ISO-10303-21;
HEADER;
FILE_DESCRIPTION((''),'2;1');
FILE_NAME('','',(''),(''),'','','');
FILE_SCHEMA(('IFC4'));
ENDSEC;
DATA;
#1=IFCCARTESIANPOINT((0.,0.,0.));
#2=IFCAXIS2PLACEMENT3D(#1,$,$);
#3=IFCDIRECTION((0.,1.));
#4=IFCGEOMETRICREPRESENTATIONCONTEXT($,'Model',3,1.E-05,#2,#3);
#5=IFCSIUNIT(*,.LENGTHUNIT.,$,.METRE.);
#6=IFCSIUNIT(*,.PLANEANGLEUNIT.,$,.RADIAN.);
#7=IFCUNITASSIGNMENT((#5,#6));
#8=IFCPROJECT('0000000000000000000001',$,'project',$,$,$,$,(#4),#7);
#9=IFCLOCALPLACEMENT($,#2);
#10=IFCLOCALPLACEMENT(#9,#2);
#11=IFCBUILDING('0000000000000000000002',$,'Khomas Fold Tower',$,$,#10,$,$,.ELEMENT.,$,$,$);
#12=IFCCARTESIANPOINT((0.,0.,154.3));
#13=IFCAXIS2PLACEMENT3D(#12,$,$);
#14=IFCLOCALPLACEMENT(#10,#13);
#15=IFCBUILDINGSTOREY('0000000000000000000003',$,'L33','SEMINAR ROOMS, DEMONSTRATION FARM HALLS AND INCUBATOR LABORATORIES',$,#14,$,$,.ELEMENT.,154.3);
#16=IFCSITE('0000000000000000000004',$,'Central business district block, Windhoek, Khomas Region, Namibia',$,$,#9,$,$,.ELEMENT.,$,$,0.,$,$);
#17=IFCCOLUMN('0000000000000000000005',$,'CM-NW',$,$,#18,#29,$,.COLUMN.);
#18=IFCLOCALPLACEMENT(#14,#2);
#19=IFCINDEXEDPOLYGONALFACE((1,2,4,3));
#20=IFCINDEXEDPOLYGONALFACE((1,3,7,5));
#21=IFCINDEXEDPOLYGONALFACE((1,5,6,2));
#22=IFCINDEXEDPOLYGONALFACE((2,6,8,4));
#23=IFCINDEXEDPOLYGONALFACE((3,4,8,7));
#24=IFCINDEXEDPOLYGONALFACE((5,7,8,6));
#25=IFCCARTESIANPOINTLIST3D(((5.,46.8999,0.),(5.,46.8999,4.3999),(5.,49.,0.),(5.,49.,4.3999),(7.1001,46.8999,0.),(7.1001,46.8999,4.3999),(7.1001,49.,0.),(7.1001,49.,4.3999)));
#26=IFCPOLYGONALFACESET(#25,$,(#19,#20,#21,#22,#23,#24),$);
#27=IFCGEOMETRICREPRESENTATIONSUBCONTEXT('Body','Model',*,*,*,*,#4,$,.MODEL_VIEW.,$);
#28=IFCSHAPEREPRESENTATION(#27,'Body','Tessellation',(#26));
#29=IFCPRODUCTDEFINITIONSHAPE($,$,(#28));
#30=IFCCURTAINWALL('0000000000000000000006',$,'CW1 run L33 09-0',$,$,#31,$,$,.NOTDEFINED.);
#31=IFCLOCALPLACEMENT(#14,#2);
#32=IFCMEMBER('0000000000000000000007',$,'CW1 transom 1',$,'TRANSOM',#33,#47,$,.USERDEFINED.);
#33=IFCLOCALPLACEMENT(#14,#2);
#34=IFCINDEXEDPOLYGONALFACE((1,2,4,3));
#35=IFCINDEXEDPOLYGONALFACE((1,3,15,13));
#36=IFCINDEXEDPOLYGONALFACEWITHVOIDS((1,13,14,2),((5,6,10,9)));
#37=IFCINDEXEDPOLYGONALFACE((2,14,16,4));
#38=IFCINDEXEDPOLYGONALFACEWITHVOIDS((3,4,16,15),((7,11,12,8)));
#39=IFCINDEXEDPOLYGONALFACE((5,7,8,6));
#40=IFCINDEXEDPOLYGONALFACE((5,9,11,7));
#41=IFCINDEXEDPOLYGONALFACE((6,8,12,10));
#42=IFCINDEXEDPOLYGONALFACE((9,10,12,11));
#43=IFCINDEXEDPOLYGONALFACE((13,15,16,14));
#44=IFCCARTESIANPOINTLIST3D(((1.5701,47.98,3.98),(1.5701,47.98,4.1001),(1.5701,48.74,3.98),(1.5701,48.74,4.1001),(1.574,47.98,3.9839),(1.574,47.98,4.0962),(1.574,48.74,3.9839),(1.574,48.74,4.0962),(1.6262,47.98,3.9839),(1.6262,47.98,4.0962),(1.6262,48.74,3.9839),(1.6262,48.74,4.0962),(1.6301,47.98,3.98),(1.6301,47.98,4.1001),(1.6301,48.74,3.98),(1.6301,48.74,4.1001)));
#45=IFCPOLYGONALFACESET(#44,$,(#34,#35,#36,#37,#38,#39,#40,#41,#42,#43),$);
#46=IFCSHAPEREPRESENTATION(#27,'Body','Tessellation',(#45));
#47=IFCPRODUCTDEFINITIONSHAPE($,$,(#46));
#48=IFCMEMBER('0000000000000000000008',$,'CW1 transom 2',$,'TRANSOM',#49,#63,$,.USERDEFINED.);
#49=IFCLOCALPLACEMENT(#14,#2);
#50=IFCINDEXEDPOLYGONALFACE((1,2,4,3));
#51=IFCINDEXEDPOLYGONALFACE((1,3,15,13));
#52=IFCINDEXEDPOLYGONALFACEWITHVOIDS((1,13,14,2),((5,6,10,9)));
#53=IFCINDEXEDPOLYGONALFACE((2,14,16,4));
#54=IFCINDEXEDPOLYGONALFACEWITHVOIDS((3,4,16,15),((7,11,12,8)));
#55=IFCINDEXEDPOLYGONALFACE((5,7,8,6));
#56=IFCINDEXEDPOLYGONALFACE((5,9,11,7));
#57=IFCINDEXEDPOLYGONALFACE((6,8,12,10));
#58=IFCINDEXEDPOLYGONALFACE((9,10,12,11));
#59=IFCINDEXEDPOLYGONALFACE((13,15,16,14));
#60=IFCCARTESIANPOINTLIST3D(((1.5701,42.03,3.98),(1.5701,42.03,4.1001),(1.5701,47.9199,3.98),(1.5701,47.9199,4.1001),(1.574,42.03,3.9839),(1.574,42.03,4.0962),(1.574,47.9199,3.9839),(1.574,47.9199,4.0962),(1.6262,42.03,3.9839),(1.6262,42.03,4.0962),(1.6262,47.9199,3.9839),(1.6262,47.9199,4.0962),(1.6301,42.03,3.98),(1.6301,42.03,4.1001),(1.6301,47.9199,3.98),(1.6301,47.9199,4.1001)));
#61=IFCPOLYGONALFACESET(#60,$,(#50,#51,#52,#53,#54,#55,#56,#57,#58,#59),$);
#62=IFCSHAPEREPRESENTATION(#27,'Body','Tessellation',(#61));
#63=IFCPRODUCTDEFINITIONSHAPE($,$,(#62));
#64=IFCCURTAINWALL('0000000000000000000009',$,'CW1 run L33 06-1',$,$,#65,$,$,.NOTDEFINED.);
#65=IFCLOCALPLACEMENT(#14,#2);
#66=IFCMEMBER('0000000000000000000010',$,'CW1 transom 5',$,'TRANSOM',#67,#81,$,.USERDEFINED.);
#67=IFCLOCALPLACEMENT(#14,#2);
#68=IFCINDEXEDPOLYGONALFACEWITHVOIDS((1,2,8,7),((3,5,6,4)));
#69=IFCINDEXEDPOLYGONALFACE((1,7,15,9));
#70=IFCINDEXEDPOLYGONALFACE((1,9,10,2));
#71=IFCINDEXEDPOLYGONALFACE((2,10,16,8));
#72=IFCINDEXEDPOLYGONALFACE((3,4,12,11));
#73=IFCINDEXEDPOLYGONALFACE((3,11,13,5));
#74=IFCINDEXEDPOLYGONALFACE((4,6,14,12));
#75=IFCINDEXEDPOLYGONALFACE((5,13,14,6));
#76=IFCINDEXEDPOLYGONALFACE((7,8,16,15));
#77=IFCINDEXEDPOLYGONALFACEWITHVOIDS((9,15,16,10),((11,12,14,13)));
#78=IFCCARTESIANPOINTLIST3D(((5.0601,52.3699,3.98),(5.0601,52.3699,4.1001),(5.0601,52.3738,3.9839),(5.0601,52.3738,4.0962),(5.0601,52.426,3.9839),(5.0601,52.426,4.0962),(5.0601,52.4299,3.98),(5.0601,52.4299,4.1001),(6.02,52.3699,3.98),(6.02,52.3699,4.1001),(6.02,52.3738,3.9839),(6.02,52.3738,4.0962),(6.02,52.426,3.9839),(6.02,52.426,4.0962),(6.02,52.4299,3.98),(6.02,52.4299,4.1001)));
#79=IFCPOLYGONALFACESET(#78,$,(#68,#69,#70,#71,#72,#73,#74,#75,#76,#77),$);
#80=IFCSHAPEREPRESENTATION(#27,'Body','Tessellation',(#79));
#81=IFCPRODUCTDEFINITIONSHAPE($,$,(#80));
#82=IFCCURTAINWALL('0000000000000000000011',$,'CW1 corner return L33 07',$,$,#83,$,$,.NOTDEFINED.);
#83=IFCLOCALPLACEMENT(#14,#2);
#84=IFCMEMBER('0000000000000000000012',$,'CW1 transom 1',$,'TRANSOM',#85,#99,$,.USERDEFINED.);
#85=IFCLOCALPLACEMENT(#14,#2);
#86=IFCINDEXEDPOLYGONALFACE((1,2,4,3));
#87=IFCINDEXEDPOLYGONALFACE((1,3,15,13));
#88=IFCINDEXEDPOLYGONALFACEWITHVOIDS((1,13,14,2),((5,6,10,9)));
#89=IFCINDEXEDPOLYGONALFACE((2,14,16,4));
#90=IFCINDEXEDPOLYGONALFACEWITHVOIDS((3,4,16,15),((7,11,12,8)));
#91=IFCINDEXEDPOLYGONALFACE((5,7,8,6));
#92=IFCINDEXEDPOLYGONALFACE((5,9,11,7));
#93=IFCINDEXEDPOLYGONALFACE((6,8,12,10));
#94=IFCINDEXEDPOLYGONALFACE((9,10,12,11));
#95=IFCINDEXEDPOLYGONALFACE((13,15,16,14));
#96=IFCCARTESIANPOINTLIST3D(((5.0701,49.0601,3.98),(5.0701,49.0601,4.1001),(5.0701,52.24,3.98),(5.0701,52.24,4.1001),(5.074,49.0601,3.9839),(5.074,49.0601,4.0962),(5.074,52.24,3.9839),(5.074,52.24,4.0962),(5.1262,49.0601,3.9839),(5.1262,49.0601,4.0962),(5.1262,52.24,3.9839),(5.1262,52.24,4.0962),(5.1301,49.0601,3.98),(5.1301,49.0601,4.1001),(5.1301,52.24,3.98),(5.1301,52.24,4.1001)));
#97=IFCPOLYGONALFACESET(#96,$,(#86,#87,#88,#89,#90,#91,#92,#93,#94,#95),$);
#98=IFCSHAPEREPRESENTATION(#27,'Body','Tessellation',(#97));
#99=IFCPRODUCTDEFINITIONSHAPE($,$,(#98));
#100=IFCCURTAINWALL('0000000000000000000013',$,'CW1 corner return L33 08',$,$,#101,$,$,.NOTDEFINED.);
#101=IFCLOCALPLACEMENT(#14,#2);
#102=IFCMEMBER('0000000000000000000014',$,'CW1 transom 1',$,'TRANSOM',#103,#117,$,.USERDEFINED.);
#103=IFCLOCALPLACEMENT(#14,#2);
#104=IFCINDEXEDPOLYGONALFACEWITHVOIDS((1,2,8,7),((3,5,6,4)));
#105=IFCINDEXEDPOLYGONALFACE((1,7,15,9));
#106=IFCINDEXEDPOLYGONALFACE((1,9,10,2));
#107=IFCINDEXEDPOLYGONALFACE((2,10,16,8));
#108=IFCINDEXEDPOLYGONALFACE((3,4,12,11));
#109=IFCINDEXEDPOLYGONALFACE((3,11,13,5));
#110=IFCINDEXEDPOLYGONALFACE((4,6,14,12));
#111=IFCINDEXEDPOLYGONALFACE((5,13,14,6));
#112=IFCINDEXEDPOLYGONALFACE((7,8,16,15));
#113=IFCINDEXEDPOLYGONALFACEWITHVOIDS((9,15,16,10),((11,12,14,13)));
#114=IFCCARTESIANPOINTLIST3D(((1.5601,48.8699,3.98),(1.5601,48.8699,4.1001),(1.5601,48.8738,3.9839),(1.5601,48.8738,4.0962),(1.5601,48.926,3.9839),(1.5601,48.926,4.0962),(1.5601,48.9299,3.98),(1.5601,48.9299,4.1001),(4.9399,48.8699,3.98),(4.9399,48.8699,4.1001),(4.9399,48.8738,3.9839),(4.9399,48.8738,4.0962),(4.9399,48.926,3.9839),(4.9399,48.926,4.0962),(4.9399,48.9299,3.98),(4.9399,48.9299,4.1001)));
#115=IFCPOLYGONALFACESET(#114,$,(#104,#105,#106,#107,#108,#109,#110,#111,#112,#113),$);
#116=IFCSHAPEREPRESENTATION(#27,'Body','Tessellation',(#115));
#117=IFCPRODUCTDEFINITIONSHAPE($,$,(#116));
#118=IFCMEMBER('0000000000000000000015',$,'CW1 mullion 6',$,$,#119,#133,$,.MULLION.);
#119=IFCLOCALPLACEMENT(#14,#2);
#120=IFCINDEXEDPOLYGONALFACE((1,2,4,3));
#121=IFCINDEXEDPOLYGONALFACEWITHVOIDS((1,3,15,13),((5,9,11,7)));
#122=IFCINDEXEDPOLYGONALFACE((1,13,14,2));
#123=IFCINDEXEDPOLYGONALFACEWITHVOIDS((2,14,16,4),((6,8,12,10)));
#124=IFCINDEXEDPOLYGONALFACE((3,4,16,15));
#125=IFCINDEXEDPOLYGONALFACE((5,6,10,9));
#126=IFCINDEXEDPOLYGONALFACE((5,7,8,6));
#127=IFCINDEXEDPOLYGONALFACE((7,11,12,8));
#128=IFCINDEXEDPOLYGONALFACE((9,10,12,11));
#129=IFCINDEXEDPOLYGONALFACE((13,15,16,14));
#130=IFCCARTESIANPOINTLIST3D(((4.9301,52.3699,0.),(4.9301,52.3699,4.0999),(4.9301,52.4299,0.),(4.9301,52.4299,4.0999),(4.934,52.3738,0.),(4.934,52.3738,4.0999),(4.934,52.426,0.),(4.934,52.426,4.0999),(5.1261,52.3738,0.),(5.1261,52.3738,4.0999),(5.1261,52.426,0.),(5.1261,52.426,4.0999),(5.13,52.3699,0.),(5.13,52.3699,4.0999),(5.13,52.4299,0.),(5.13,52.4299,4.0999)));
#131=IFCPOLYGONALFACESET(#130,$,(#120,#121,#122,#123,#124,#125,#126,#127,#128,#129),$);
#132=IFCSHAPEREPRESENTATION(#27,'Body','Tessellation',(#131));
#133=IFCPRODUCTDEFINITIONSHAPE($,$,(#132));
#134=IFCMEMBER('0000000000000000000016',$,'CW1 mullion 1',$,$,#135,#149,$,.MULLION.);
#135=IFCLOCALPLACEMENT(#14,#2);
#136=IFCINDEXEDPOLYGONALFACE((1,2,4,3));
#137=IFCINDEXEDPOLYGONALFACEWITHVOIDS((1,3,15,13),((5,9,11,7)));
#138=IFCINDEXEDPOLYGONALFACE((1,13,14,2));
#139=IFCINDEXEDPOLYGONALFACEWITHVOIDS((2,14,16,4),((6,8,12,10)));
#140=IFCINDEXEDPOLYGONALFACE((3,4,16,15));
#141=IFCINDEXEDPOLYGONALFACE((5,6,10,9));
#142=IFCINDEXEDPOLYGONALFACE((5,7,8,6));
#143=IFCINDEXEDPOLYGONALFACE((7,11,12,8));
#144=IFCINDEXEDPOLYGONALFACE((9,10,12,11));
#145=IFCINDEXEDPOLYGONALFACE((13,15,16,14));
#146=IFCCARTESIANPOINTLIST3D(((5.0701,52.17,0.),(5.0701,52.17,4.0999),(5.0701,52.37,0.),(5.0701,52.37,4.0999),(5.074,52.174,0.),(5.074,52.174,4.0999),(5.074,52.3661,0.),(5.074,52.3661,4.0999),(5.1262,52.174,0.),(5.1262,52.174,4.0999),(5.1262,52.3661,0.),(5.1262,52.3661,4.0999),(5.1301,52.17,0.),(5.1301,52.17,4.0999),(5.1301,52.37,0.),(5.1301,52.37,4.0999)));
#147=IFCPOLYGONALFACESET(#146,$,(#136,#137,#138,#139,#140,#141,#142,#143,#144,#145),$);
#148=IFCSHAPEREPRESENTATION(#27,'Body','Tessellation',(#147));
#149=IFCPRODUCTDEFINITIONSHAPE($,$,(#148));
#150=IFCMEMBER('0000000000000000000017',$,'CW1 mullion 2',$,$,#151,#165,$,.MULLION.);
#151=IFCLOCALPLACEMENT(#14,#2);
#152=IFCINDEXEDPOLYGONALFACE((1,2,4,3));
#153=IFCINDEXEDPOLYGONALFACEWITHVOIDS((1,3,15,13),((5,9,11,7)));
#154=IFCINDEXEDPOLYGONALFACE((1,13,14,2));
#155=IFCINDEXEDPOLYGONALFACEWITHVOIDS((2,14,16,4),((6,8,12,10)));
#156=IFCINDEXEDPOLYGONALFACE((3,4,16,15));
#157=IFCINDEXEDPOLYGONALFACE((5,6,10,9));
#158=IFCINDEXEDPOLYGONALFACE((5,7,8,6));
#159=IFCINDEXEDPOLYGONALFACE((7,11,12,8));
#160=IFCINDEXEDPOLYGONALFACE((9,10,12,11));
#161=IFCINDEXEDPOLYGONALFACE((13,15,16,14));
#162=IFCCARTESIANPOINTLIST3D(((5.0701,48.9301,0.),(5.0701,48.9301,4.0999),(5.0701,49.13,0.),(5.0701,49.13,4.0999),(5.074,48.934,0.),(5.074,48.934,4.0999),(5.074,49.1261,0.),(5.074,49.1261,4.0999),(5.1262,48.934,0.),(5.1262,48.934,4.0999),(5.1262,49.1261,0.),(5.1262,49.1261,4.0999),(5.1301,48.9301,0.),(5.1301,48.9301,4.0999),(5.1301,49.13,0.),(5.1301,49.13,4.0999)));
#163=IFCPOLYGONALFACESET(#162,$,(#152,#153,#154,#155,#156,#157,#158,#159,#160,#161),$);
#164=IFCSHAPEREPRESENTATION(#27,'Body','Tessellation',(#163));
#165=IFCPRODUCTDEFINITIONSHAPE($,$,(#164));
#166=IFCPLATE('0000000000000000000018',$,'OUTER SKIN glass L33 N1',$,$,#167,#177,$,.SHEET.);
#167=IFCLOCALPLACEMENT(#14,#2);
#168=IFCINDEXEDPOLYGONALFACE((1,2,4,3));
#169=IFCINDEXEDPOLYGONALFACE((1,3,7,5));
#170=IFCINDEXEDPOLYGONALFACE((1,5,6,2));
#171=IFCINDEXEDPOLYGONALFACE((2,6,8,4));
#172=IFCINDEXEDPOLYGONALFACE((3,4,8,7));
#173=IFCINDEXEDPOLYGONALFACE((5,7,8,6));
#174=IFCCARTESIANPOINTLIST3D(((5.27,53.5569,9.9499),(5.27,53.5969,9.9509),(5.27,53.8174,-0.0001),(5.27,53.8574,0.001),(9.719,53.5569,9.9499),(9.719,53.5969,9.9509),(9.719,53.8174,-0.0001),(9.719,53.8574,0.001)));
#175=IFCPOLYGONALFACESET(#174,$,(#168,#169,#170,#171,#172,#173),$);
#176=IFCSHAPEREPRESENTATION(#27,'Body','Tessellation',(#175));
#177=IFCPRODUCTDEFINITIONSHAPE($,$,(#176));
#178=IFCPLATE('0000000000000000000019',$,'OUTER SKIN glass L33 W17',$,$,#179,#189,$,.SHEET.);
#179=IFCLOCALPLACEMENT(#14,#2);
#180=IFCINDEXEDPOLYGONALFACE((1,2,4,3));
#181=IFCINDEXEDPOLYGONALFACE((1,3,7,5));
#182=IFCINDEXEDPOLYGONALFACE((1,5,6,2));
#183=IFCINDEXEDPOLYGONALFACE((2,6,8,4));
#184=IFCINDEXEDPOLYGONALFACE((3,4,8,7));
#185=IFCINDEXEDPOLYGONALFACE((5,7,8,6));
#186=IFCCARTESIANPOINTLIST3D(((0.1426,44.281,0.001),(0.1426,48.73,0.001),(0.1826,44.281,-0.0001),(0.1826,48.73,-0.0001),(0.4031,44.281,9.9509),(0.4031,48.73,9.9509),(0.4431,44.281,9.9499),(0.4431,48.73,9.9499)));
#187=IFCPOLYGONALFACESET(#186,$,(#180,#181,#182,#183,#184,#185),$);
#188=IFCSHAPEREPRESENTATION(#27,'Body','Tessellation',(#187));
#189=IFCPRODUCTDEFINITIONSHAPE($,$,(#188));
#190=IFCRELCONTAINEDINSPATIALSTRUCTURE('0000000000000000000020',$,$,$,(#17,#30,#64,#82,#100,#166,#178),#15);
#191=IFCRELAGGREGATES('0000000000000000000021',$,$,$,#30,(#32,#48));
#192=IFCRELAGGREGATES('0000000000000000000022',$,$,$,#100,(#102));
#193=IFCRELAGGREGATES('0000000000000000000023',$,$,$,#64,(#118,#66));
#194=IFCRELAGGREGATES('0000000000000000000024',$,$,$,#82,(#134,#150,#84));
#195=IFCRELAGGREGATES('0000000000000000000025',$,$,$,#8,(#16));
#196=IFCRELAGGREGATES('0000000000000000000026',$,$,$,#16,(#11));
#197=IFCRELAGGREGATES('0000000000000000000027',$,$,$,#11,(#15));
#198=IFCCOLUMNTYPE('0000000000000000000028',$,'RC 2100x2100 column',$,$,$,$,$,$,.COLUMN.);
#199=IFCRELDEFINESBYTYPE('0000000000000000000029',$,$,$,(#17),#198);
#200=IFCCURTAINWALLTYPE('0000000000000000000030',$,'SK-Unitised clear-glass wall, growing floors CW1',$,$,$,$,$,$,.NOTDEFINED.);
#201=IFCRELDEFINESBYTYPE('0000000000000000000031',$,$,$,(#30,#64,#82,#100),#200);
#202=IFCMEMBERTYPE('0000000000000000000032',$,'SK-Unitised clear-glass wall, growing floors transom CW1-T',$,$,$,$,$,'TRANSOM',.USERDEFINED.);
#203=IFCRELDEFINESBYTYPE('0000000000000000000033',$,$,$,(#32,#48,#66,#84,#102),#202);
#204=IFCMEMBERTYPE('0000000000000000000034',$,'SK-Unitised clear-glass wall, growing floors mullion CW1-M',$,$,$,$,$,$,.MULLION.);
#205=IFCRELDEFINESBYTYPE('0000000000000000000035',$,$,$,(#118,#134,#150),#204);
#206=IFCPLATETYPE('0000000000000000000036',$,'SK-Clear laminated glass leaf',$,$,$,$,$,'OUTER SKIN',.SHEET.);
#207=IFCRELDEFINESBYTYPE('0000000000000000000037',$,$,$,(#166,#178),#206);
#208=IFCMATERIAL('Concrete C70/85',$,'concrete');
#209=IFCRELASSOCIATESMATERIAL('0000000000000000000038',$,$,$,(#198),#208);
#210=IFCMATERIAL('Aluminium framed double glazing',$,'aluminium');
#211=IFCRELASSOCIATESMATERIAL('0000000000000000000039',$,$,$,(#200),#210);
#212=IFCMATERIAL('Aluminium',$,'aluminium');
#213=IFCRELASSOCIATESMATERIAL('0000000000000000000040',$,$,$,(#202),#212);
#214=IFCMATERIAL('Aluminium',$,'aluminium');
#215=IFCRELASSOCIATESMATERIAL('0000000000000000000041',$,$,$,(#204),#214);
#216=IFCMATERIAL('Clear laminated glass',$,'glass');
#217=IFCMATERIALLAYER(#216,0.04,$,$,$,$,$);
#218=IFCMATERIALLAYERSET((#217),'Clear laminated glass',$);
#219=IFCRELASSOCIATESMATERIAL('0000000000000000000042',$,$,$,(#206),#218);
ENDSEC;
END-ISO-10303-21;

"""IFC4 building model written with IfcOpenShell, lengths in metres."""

from ifc_helpers import new_model, si_unit, direction, frame, origin, origin_2d, place, context, subcontext, project, spatial, polyline, rectangle, hollow_rectangle, outline, extrude, source, transform, mapped, material, layer, layer_set, material_profile, profile_set, type_object, element, aggregate, save


model = new_model("IFC4")

# Units and contexts
model_context = context("Model", 3, precision=1e-05, world=origin(), true_north=direction((0.0, 1.0)))
body_context = subcontext(model_context, "Body", "Model", "MODEL_VIEW")
ifc_project = project(units=[si_unit("LENGTHUNIT", "METRE"), si_unit("PLANEANGLEUNIT", "RADIAN")], contexts=[model_context])

# Site, building, storey
site_placement = place(None, origin())
site = spatial("IfcSite", under=ifc_project, at=site_placement, Name="Central business district block, Windhoek, Khomas Region, Namibia", CompositionType="ELEMENT", RefElevation=0.0)
building_placement = place(site_placement, origin())
building = spatial("IfcBuilding", under=site, at=building_placement, Name="Khomas Fold Tower", CompositionType="ELEMENT")
storey_placement = place(building_placement, frame((0.0, 0.0, 154.3)))
storey = spatial("IfcBuildingStorey", under=building, at=storey_placement, Name="L33", Description="SEMINAR ROOMS, DEMONSTRATION FARM HALLS AND INCUBATOR LABORATORIES", CompositionType="ELEMENT", Elevation=154.3)

# Column
ifc_material_1 = material(Name="Concrete C70/85", Category="concrete")
ifc_material_profile_1 = material_profile(ifc_material_1, rectangle(XDim=2.1001, YDim=2.1001, at=origin_2d()), Name="RC 2100x2100")
ifc_profile_set_1 = profile_set([ifc_material_profile_1], Name="Concrete C70/85")
column_type = type_object("IfcColumnType", Name="RC 2100x2100 column", PredefinedType="COLUMN", material=ifc_profile_set_1)
shared_shape_1 = source(origin(), body_context, "Body", "SweptSolid", [
    extrude(rectangle(XDim=2.1001, YDim=2.1001, at=origin_2d()), origin(), (0.0, 0.0, 1.0), 4.3999),
])
column_placement = place(storey_placement, frame((6.05, 47.95, 0.0), z_axis=(0.0, 0.0, 1.0), x_axis=(1.0, 0.0, 0.0)))
element("IfcColumn", 1, at=column_placement, inside=storey, type_object=column_type, Name="CM-NW", PredefinedType="COLUMN", context=body_context, shape_type="MappedRepresentation", body=[
    mapped(shared_shape_1, transform((0.0, 0.0, 0.0))),
])

# Curtain wall, members
ifc_material_2 = material(Name="Aluminium framed double glazing", Category="aluminium")
curtain_wall_type = type_object("IfcCurtainWallType", Name="SK-Unitised clear-glass wall, growing floors CW1", PredefinedType="NOTDEFINED", material=ifc_material_2)
curtain_wall_1_placement = place(storey_placement, origin())
curtain_wall_1 = element("IfcCurtainWall", 2, at=curtain_wall_1_placement, inside=storey, type_object=curtain_wall_type, Name="CW1 run L33 09-0", PredefinedType="NOTDEFINED")
ifc_material_3 = material(Name="Aluminium", Category="aluminium")
ifc_material_profile_2 = material_profile(ifc_material_3, hollow_rectangle(XDim=0.0601, YDim=0.1201, WallThickness=0.0039, at=origin_2d()), Name="SK-Unitised clear-glass wall, growing floors transom CW1-T")
ifc_profile_set_2 = profile_set([ifc_material_profile_2], Name="Aluminium")
member_type_1 = type_object("IfcMemberType", Name="SK-Unitised clear-glass wall, growing floors transom CW1-T", ElementType="TRANSOM", PredefinedType="USERDEFINED", material=ifc_profile_set_2)
shared_shape_2 = source(origin(), body_context, "Body", "SweptSolid", [
    extrude(hollow_rectangle(XDim=0.0601, YDim=0.1201, WallThickness=0.0039, at=origin_2d()), origin(), (0.0, 0.0, 1.0), 0.76),
])
member_1_placement = place(storey_placement, frame((1.6001, 48.74, 4.04), z_axis=(0.0, -1.0, 0.0), x_axis=(1.0, 0.0, 0.0)))
member_1 = element("IfcMember", 3, at=member_1_placement, type_object=member_type_1, Name="CW1 transom 1", ObjectType="TRANSOM", PredefinedType="USERDEFINED", context=body_context, shape_type="MappedRepresentation", body=[
    mapped(shared_shape_2, transform((0.0, 0.0, 0.0))),
])
shared_shape_3 = source(origin(), body_context, "Body", "SweptSolid", [
    extrude(hollow_rectangle(XDim=0.0601, YDim=0.1201, WallThickness=0.0039, at=origin_2d()), origin(), (0.0, 0.0, 1.0), 5.8899),
])
member_2_placement = place(storey_placement, frame((1.6001, 47.9199, 4.04), z_axis=(0.0, -1.0, 0.0), x_axis=(1.0, 0.0, 0.0)))
member_2 = element("IfcMember", 4, at=member_2_placement, type_object=member_type_1, Name="CW1 transom 2", ObjectType="TRANSOM", PredefinedType="USERDEFINED", context=body_context, shape_type="MappedRepresentation", body=[
    mapped(shared_shape_3, transform((0.0, 0.0, 0.0))),
])
aggregate(curtain_wall_1, [member_1, member_2])

# Curtain walls, members
curtain_wall_2_placement = place(storey_placement, origin())
curtain_wall_2 = element("IfcCurtainWall", 5, at=curtain_wall_2_placement, inside=storey, type_object=curtain_wall_type, Name="CW1 run L33 06-1", PredefinedType="NOTDEFINED")
shared_shape_4 = source(origin(), body_context, "Body", "SweptSolid", [
    extrude(hollow_rectangle(XDim=0.0601, YDim=0.1201, WallThickness=0.0039, at=origin_2d()), origin(), (0.0, 0.0, 1.0), 0.96),
])
member_3_placement = place(storey_placement, frame((6.02, 52.3999, 4.04), z_axis=(-1.0, 0.0, 0.0), x_axis=(0.0, -1.0, 0.0)))
member_3 = element("IfcMember", 6, at=member_3_placement, type_object=member_type_1, Name="CW1 transom 5", ObjectType="TRANSOM", PredefinedType="USERDEFINED", context=body_context, shape_type="MappedRepresentation", body=[
    mapped(shared_shape_4, transform((0.0, 0.0, 0.0))),
])
curtain_wall_3_placement = place(storey_placement, origin())
curtain_wall_3 = element("IfcCurtainWall", 7, at=curtain_wall_3_placement, inside=storey, type_object=curtain_wall_type, Name="CW1 corner return L33 07", PredefinedType="NOTDEFINED")
shared_shape_5 = source(origin(), body_context, "Body", "SweptSolid", [
    extrude(hollow_rectangle(XDim=0.0601, YDim=0.1201, WallThickness=0.0039, at=origin_2d()), origin(), (0.0, 0.0, 1.0), 3.1799),
])
member_4_placement = place(storey_placement, frame((5.1001, 52.24, 4.04), z_axis=(0.0, -1.0, 0.0), x_axis=(1.0, 0.0, 0.0)))
member_4 = element("IfcMember", 8, at=member_4_placement, type_object=member_type_1, Name="CW1 transom 1", ObjectType="TRANSOM", PredefinedType="USERDEFINED", context=body_context, shape_type="MappedRepresentation", body=[
    mapped(shared_shape_5, transform((0.0, 0.0, 0.0))),
])
curtain_wall_4_placement = place(storey_placement, origin())
curtain_wall_4 = element("IfcCurtainWall", 9, at=curtain_wall_4_placement, inside=storey, type_object=curtain_wall_type, Name="CW1 corner return L33 08", PredefinedType="NOTDEFINED")
shared_shape_6 = source(origin(), body_context, "Body", "SweptSolid", [
    extrude(hollow_rectangle(XDim=0.0601, YDim=0.1201, WallThickness=0.0039, at=origin_2d()), origin(), (0.0, 0.0, 1.0), 3.3799),
])
member_5_placement = place(storey_placement, frame((4.9399, 48.8999, 4.04), z_axis=(-1.0, 0.0, 0.0), x_axis=(0.0, -1.0, 0.0)))
member_5 = element("IfcMember", 10, at=member_5_placement, type_object=member_type_1, Name="CW1 transom 1", ObjectType="TRANSOM", PredefinedType="USERDEFINED", context=body_context, shape_type="MappedRepresentation", body=[
    mapped(shared_shape_6, transform((0.0, 0.0, 0.0))),
])
aggregate(curtain_wall_4, [member_5])

# Members
ifc_material_4 = material(Name="Aluminium", Category="aluminium")
ifc_material_profile_3 = material_profile(ifc_material_4, hollow_rectangle(XDim=0.0601, YDim=0.2, WallThickness=0.0039, at=origin_2d()), Name="SK-Unitised clear-glass wall, growing floors mullion CW1-M")
ifc_profile_set_3 = profile_set([ifc_material_profile_3], Name="Aluminium")
member_type_2 = type_object("IfcMemberType", Name="SK-Unitised clear-glass wall, growing floors mullion CW1-M", PredefinedType="MULLION", material=ifc_profile_set_3)
shared_shape_7 = source(origin(), body_context, "Body", "SweptSolid", [
    extrude(hollow_rectangle(XDim=0.0601, YDim=0.2, WallThickness=0.0039, at=origin_2d()), origin(), (0.0, 0.0, 1.0), 4.0999),
])
member_6_placement = place(storey_placement, frame((5.03, 52.3999, 0.0), z_axis=(0.0, 0.0, 1.0), x_axis=(0.0, -1.0, 0.0)))
member_6 = element("IfcMember", 11, at=member_6_placement, type_object=member_type_2, Name="CW1 mullion 6", PredefinedType="MULLION", context=body_context, shape_type="MappedRepresentation", body=[
    mapped(shared_shape_7, transform((0.0, 0.0, 0.0))),
])
member_7_placement = place(storey_placement, frame((5.1001, 52.27, 0.0), z_axis=(0.0, 0.0, 1.0), x_axis=(1.0, 0.0, 0.0)))
member_7 = element("IfcMember", 12, at=member_7_placement, type_object=member_type_2, Name="CW1 mullion 1", PredefinedType="MULLION", context=body_context, shape_type="MappedRepresentation", body=[
    mapped(shared_shape_7, transform((0.0, 0.0, 0.0))),
])
member_8_placement = place(storey_placement, frame((5.1001, 49.03, 0.0), z_axis=(0.0, 0.0, 1.0), x_axis=(1.0, 0.0, 0.0)))
member_8 = element("IfcMember", 13, at=member_8_placement, type_object=member_type_2, Name="CW1 mullion 2", PredefinedType="MULLION", context=body_context, shape_type="MappedRepresentation", body=[
    mapped(shared_shape_7, transform((0.0, 0.0, 0.0))),
])

# Plates
ifc_material_5 = material(Name="Clear laminated glass", Category="glass")
ifc_layer_1 = layer(ifc_material_5, 0.04)
ifc_layer_set_1 = layer_set([ifc_layer_1], Name="Clear laminated glass")
plate_type_1 = type_object("IfcPlateType", Name="SK-Clear laminated glass leaf", ElementType="OUTER SKIN", PredefinedType="SHEET", material=ifc_layer_set_1)
for number, where, z_axis, x_axis, name in (
    (14, (5.27, 53.8574, 0.001), (0.0, 0.999657, 0.026172), (1.0, 0.0, 0.0), "OUTER SKIN glass L33 N1"),
    (15, (0.1426, 44.281, 0.001), (-0.999657, 0.0, 0.026172), (0.0, 1.0, 0.0), "OUTER SKIN glass L33 W17"),
):
    element("IfcPlate", number, at=place(storey_placement, frame(where, z_axis=z_axis, x_axis=x_axis)), inside=storey, type_object=plate_type_1, Name=name, PredefinedType="SHEET", context=body_context, shape_type="SweptSolid", body=[
        extrude(outline(polyline([(0.0, 0.0), (4.449, 0.0), (4.449, -9.9534), (0.0, -9.9534), (0.0, 0.0)])), origin(), (0.0, 0.0, -1.0), 0.04),
    ])

aggregate(curtain_wall_2, [member_6, member_3])
aggregate(curtain_wall_3, [member_7, member_8, member_4])

save(model, "model.ifc")
